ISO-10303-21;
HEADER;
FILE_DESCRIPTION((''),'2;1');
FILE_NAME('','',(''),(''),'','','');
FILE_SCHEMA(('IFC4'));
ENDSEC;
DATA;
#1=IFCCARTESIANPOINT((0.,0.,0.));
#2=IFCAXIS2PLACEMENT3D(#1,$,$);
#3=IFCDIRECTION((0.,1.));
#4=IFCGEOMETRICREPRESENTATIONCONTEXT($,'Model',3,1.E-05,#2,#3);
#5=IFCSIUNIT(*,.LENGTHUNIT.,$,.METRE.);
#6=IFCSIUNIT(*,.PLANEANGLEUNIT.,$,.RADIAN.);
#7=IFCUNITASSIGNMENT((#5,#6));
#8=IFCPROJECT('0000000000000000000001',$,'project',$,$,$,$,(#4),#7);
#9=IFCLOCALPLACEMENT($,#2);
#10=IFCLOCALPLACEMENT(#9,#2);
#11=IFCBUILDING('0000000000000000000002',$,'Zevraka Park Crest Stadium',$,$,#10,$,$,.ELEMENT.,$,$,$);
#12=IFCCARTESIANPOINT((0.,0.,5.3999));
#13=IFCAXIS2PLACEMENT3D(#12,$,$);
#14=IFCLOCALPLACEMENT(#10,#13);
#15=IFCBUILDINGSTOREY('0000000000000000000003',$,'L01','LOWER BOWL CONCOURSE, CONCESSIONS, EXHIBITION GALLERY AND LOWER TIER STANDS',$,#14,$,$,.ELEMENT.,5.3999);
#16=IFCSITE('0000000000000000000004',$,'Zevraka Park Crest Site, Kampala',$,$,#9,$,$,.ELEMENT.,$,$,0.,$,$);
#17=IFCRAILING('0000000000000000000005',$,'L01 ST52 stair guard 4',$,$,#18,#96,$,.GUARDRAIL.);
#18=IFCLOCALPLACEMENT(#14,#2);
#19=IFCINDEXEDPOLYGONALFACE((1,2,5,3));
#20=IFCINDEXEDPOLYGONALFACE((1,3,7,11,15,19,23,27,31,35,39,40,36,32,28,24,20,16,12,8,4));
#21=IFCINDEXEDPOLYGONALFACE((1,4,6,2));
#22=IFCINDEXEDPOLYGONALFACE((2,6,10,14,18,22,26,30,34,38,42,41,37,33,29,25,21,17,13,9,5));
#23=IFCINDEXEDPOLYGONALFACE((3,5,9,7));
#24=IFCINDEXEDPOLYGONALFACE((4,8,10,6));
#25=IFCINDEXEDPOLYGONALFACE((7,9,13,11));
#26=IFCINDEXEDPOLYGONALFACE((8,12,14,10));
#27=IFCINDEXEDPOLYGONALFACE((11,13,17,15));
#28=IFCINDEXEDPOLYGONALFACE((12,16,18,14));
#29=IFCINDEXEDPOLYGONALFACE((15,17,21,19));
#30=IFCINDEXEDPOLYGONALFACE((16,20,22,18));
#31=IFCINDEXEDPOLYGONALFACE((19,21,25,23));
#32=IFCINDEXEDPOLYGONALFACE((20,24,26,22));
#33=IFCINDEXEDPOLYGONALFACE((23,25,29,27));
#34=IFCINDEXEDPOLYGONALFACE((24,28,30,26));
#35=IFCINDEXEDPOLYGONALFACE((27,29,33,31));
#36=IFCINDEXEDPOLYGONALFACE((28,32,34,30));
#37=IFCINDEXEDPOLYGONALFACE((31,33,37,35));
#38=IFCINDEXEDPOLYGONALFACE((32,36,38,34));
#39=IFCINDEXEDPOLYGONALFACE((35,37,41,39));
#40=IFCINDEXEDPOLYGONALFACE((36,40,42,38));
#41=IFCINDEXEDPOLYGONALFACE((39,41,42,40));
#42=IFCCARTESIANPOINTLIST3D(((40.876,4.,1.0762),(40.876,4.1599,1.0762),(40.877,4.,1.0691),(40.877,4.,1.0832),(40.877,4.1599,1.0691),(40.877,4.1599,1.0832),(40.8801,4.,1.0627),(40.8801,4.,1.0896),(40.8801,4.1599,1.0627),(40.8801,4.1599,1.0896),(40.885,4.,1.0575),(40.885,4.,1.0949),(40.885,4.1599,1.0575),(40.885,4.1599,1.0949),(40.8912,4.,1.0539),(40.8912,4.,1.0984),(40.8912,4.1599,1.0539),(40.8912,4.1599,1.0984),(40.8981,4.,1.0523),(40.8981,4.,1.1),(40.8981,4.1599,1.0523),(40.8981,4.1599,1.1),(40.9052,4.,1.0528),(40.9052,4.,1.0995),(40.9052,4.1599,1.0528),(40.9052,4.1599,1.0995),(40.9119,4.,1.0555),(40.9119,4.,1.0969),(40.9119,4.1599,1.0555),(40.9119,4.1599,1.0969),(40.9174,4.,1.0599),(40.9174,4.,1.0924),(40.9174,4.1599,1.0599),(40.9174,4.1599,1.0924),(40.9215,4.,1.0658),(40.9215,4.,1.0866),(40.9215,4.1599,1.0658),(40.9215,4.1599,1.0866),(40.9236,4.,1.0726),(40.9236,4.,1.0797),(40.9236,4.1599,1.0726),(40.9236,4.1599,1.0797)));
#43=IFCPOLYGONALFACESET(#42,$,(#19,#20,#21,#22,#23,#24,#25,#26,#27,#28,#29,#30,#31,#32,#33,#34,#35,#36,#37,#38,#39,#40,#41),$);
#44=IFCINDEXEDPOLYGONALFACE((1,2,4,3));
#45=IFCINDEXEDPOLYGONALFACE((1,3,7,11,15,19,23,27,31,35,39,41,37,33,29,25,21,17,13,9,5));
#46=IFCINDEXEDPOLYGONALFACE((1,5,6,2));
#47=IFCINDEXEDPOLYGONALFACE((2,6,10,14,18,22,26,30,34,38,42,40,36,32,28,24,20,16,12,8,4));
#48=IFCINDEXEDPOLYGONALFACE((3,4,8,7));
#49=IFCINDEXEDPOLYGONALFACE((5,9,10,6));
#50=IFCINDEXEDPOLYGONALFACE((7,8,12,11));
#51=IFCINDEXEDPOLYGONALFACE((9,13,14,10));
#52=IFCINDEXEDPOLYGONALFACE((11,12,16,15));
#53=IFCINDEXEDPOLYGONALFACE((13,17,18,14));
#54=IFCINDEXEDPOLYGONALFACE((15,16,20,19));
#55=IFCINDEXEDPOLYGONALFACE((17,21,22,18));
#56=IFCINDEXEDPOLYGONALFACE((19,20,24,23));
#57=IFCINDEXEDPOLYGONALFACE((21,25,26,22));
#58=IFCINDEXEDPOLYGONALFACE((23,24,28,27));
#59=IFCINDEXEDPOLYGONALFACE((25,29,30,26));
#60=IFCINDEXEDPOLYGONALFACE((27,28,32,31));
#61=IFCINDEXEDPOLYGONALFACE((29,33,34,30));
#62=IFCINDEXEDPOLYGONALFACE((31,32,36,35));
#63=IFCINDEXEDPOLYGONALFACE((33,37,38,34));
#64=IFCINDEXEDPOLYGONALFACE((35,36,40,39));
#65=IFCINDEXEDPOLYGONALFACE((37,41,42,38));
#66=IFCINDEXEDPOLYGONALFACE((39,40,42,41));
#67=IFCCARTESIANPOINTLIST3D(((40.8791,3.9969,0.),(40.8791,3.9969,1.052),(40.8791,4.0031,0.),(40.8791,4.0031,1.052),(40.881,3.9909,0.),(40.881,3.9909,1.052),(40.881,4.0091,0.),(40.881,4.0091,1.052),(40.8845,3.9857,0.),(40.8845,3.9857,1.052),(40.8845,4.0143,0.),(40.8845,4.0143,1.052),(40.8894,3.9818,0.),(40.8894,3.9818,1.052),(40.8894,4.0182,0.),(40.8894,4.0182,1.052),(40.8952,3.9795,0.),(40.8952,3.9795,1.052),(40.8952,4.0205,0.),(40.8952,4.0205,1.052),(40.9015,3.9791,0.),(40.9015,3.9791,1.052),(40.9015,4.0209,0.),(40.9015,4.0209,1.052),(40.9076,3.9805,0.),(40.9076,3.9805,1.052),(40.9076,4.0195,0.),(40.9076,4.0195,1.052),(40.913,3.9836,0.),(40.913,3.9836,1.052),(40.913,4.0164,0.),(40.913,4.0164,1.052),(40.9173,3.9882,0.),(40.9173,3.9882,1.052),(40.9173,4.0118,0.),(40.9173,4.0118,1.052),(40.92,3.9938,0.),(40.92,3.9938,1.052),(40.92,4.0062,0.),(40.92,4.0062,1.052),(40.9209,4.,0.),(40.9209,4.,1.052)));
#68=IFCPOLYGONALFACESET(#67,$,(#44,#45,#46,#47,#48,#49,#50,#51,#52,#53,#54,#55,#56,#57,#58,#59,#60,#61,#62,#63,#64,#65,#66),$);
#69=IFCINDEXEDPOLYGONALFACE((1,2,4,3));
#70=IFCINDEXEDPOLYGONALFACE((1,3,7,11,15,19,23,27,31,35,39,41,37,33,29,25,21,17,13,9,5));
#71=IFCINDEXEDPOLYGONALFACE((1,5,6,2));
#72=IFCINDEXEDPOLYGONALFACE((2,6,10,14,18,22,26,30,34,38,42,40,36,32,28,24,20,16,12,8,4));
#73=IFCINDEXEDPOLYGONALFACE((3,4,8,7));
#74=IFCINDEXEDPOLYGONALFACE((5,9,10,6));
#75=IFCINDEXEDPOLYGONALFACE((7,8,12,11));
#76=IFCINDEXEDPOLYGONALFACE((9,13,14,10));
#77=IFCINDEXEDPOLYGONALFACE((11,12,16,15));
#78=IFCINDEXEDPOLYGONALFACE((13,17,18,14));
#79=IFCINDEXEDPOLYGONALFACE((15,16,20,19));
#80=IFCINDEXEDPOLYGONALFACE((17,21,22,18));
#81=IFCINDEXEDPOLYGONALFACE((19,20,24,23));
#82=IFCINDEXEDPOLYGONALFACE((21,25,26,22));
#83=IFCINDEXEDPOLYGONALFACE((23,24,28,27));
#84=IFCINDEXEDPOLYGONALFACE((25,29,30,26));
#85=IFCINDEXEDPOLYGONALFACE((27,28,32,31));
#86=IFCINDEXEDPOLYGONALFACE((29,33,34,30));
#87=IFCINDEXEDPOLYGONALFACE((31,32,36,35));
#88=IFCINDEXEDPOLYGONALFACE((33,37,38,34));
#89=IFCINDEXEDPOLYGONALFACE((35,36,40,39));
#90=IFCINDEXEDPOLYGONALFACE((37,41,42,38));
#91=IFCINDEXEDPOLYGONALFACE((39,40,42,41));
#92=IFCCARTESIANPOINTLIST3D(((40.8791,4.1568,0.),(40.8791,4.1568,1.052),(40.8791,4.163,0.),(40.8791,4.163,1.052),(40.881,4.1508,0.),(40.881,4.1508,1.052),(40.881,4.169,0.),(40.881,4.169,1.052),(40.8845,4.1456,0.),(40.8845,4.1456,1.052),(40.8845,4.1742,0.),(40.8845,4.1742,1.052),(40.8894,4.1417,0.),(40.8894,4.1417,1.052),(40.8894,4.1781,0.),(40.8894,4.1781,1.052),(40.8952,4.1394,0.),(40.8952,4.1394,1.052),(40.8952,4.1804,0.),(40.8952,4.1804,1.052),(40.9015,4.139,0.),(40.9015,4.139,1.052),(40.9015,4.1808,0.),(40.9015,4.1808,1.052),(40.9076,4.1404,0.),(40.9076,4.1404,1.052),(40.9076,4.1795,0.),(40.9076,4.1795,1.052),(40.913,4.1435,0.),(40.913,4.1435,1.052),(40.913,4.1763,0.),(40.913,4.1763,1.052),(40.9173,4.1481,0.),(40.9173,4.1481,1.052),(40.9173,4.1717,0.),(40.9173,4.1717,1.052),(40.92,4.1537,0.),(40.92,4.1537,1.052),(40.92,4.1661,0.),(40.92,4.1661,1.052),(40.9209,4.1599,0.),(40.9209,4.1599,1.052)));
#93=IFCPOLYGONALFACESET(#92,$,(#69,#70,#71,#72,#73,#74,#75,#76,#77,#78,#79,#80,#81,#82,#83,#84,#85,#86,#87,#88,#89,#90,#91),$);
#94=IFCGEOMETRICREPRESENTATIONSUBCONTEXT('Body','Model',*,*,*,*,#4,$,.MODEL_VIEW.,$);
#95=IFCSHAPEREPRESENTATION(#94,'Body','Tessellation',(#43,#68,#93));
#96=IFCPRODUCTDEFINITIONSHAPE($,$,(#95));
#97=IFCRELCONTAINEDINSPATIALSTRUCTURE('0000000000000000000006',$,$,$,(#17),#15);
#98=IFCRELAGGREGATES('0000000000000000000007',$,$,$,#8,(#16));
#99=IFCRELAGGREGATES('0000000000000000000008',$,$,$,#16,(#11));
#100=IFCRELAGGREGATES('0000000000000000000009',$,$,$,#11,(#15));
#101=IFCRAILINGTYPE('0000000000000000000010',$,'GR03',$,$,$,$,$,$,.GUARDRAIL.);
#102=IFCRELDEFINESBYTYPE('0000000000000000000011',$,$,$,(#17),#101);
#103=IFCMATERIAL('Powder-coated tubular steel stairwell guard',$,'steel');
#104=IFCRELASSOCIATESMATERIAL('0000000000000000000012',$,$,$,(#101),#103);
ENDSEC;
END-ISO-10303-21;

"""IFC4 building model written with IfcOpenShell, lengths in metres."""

from ifc_helpers import new_model, si_unit, direction, frame, origin, origin_2d, place, context, subcontext, project, spatial, circle, extrude, material, type_object, element, save


model = new_model("IFC4")

# Units and contexts
model_context = context("Model", 3, precision=1e-05, world=origin(), true_north=direction((0.0, 1.0)))
body_context = subcontext(model_context, "Body", "Model", "MODEL_VIEW")
ifc_project = project(units=[si_unit("LENGTHUNIT", "METRE"), si_unit("PLANEANGLEUNIT", "RADIAN")], contexts=[model_context])

# Site, building, storey
site_placement = place(None, origin())
site = spatial("IfcSite", under=ifc_project, at=site_placement, Name="Zevraka Park Crest Site, Kampala", CompositionType="ELEMENT", RefElevation=0.0)
building_placement = place(site_placement, origin())
building = spatial("IfcBuilding", under=site, at=building_placement, Name="Zevraka Park Crest Stadium", CompositionType="ELEMENT")
storey_placement = place(building_placement, frame((0.0, 0.0, 5.3999)))
storey = spatial("IfcBuildingStorey", under=building, at=storey_placement, Name="L01", Description="LOWER BOWL CONCOURSE, CONCESSIONS, EXHIBITION GALLERY AND LOWER TIER STANDS", CompositionType="ELEMENT", Elevation=5.3999)

# Railing
ifc_material_1 = material(Name="Powder-coated tubular steel stairwell guard", Category="steel")
railing_type_1 = type_object("IfcRailingType", Name="GR03", PredefinedType="GUARDRAIL", material=ifc_material_1)
railing_1_placement = place(storey_placement, frame((40.8999, 4.0, 0.0)))
element("IfcRailing", 1, at=railing_1_placement, inside=storey, type_object=railing_type_1, Name="L01 ST52 stair guard 4", PredefinedType="GUARDRAIL", context=body_context, shape_type="SweptSolid", body=[
    extrude(circle(Radius=0.0239, at=origin_2d()), frame((0.0, 0.0, 1.0762), z_axis=(0.0, 1.0, 0.0), x_axis=(-1.0, 0.0, 0.0)), (0.0, 0.0, 1.0), 0.1599),
    extrude(circle(Radius=0.021, at=origin_2d()), origin(), (0.0, 0.0, 1.0), 1.052),
    extrude(circle(Radius=0.021, at=origin_2d()), frame((0.0, 0.1599, 0.0)), (0.0, 0.0, 1.0), 1.052),
])

save(model, "model.ifc")
